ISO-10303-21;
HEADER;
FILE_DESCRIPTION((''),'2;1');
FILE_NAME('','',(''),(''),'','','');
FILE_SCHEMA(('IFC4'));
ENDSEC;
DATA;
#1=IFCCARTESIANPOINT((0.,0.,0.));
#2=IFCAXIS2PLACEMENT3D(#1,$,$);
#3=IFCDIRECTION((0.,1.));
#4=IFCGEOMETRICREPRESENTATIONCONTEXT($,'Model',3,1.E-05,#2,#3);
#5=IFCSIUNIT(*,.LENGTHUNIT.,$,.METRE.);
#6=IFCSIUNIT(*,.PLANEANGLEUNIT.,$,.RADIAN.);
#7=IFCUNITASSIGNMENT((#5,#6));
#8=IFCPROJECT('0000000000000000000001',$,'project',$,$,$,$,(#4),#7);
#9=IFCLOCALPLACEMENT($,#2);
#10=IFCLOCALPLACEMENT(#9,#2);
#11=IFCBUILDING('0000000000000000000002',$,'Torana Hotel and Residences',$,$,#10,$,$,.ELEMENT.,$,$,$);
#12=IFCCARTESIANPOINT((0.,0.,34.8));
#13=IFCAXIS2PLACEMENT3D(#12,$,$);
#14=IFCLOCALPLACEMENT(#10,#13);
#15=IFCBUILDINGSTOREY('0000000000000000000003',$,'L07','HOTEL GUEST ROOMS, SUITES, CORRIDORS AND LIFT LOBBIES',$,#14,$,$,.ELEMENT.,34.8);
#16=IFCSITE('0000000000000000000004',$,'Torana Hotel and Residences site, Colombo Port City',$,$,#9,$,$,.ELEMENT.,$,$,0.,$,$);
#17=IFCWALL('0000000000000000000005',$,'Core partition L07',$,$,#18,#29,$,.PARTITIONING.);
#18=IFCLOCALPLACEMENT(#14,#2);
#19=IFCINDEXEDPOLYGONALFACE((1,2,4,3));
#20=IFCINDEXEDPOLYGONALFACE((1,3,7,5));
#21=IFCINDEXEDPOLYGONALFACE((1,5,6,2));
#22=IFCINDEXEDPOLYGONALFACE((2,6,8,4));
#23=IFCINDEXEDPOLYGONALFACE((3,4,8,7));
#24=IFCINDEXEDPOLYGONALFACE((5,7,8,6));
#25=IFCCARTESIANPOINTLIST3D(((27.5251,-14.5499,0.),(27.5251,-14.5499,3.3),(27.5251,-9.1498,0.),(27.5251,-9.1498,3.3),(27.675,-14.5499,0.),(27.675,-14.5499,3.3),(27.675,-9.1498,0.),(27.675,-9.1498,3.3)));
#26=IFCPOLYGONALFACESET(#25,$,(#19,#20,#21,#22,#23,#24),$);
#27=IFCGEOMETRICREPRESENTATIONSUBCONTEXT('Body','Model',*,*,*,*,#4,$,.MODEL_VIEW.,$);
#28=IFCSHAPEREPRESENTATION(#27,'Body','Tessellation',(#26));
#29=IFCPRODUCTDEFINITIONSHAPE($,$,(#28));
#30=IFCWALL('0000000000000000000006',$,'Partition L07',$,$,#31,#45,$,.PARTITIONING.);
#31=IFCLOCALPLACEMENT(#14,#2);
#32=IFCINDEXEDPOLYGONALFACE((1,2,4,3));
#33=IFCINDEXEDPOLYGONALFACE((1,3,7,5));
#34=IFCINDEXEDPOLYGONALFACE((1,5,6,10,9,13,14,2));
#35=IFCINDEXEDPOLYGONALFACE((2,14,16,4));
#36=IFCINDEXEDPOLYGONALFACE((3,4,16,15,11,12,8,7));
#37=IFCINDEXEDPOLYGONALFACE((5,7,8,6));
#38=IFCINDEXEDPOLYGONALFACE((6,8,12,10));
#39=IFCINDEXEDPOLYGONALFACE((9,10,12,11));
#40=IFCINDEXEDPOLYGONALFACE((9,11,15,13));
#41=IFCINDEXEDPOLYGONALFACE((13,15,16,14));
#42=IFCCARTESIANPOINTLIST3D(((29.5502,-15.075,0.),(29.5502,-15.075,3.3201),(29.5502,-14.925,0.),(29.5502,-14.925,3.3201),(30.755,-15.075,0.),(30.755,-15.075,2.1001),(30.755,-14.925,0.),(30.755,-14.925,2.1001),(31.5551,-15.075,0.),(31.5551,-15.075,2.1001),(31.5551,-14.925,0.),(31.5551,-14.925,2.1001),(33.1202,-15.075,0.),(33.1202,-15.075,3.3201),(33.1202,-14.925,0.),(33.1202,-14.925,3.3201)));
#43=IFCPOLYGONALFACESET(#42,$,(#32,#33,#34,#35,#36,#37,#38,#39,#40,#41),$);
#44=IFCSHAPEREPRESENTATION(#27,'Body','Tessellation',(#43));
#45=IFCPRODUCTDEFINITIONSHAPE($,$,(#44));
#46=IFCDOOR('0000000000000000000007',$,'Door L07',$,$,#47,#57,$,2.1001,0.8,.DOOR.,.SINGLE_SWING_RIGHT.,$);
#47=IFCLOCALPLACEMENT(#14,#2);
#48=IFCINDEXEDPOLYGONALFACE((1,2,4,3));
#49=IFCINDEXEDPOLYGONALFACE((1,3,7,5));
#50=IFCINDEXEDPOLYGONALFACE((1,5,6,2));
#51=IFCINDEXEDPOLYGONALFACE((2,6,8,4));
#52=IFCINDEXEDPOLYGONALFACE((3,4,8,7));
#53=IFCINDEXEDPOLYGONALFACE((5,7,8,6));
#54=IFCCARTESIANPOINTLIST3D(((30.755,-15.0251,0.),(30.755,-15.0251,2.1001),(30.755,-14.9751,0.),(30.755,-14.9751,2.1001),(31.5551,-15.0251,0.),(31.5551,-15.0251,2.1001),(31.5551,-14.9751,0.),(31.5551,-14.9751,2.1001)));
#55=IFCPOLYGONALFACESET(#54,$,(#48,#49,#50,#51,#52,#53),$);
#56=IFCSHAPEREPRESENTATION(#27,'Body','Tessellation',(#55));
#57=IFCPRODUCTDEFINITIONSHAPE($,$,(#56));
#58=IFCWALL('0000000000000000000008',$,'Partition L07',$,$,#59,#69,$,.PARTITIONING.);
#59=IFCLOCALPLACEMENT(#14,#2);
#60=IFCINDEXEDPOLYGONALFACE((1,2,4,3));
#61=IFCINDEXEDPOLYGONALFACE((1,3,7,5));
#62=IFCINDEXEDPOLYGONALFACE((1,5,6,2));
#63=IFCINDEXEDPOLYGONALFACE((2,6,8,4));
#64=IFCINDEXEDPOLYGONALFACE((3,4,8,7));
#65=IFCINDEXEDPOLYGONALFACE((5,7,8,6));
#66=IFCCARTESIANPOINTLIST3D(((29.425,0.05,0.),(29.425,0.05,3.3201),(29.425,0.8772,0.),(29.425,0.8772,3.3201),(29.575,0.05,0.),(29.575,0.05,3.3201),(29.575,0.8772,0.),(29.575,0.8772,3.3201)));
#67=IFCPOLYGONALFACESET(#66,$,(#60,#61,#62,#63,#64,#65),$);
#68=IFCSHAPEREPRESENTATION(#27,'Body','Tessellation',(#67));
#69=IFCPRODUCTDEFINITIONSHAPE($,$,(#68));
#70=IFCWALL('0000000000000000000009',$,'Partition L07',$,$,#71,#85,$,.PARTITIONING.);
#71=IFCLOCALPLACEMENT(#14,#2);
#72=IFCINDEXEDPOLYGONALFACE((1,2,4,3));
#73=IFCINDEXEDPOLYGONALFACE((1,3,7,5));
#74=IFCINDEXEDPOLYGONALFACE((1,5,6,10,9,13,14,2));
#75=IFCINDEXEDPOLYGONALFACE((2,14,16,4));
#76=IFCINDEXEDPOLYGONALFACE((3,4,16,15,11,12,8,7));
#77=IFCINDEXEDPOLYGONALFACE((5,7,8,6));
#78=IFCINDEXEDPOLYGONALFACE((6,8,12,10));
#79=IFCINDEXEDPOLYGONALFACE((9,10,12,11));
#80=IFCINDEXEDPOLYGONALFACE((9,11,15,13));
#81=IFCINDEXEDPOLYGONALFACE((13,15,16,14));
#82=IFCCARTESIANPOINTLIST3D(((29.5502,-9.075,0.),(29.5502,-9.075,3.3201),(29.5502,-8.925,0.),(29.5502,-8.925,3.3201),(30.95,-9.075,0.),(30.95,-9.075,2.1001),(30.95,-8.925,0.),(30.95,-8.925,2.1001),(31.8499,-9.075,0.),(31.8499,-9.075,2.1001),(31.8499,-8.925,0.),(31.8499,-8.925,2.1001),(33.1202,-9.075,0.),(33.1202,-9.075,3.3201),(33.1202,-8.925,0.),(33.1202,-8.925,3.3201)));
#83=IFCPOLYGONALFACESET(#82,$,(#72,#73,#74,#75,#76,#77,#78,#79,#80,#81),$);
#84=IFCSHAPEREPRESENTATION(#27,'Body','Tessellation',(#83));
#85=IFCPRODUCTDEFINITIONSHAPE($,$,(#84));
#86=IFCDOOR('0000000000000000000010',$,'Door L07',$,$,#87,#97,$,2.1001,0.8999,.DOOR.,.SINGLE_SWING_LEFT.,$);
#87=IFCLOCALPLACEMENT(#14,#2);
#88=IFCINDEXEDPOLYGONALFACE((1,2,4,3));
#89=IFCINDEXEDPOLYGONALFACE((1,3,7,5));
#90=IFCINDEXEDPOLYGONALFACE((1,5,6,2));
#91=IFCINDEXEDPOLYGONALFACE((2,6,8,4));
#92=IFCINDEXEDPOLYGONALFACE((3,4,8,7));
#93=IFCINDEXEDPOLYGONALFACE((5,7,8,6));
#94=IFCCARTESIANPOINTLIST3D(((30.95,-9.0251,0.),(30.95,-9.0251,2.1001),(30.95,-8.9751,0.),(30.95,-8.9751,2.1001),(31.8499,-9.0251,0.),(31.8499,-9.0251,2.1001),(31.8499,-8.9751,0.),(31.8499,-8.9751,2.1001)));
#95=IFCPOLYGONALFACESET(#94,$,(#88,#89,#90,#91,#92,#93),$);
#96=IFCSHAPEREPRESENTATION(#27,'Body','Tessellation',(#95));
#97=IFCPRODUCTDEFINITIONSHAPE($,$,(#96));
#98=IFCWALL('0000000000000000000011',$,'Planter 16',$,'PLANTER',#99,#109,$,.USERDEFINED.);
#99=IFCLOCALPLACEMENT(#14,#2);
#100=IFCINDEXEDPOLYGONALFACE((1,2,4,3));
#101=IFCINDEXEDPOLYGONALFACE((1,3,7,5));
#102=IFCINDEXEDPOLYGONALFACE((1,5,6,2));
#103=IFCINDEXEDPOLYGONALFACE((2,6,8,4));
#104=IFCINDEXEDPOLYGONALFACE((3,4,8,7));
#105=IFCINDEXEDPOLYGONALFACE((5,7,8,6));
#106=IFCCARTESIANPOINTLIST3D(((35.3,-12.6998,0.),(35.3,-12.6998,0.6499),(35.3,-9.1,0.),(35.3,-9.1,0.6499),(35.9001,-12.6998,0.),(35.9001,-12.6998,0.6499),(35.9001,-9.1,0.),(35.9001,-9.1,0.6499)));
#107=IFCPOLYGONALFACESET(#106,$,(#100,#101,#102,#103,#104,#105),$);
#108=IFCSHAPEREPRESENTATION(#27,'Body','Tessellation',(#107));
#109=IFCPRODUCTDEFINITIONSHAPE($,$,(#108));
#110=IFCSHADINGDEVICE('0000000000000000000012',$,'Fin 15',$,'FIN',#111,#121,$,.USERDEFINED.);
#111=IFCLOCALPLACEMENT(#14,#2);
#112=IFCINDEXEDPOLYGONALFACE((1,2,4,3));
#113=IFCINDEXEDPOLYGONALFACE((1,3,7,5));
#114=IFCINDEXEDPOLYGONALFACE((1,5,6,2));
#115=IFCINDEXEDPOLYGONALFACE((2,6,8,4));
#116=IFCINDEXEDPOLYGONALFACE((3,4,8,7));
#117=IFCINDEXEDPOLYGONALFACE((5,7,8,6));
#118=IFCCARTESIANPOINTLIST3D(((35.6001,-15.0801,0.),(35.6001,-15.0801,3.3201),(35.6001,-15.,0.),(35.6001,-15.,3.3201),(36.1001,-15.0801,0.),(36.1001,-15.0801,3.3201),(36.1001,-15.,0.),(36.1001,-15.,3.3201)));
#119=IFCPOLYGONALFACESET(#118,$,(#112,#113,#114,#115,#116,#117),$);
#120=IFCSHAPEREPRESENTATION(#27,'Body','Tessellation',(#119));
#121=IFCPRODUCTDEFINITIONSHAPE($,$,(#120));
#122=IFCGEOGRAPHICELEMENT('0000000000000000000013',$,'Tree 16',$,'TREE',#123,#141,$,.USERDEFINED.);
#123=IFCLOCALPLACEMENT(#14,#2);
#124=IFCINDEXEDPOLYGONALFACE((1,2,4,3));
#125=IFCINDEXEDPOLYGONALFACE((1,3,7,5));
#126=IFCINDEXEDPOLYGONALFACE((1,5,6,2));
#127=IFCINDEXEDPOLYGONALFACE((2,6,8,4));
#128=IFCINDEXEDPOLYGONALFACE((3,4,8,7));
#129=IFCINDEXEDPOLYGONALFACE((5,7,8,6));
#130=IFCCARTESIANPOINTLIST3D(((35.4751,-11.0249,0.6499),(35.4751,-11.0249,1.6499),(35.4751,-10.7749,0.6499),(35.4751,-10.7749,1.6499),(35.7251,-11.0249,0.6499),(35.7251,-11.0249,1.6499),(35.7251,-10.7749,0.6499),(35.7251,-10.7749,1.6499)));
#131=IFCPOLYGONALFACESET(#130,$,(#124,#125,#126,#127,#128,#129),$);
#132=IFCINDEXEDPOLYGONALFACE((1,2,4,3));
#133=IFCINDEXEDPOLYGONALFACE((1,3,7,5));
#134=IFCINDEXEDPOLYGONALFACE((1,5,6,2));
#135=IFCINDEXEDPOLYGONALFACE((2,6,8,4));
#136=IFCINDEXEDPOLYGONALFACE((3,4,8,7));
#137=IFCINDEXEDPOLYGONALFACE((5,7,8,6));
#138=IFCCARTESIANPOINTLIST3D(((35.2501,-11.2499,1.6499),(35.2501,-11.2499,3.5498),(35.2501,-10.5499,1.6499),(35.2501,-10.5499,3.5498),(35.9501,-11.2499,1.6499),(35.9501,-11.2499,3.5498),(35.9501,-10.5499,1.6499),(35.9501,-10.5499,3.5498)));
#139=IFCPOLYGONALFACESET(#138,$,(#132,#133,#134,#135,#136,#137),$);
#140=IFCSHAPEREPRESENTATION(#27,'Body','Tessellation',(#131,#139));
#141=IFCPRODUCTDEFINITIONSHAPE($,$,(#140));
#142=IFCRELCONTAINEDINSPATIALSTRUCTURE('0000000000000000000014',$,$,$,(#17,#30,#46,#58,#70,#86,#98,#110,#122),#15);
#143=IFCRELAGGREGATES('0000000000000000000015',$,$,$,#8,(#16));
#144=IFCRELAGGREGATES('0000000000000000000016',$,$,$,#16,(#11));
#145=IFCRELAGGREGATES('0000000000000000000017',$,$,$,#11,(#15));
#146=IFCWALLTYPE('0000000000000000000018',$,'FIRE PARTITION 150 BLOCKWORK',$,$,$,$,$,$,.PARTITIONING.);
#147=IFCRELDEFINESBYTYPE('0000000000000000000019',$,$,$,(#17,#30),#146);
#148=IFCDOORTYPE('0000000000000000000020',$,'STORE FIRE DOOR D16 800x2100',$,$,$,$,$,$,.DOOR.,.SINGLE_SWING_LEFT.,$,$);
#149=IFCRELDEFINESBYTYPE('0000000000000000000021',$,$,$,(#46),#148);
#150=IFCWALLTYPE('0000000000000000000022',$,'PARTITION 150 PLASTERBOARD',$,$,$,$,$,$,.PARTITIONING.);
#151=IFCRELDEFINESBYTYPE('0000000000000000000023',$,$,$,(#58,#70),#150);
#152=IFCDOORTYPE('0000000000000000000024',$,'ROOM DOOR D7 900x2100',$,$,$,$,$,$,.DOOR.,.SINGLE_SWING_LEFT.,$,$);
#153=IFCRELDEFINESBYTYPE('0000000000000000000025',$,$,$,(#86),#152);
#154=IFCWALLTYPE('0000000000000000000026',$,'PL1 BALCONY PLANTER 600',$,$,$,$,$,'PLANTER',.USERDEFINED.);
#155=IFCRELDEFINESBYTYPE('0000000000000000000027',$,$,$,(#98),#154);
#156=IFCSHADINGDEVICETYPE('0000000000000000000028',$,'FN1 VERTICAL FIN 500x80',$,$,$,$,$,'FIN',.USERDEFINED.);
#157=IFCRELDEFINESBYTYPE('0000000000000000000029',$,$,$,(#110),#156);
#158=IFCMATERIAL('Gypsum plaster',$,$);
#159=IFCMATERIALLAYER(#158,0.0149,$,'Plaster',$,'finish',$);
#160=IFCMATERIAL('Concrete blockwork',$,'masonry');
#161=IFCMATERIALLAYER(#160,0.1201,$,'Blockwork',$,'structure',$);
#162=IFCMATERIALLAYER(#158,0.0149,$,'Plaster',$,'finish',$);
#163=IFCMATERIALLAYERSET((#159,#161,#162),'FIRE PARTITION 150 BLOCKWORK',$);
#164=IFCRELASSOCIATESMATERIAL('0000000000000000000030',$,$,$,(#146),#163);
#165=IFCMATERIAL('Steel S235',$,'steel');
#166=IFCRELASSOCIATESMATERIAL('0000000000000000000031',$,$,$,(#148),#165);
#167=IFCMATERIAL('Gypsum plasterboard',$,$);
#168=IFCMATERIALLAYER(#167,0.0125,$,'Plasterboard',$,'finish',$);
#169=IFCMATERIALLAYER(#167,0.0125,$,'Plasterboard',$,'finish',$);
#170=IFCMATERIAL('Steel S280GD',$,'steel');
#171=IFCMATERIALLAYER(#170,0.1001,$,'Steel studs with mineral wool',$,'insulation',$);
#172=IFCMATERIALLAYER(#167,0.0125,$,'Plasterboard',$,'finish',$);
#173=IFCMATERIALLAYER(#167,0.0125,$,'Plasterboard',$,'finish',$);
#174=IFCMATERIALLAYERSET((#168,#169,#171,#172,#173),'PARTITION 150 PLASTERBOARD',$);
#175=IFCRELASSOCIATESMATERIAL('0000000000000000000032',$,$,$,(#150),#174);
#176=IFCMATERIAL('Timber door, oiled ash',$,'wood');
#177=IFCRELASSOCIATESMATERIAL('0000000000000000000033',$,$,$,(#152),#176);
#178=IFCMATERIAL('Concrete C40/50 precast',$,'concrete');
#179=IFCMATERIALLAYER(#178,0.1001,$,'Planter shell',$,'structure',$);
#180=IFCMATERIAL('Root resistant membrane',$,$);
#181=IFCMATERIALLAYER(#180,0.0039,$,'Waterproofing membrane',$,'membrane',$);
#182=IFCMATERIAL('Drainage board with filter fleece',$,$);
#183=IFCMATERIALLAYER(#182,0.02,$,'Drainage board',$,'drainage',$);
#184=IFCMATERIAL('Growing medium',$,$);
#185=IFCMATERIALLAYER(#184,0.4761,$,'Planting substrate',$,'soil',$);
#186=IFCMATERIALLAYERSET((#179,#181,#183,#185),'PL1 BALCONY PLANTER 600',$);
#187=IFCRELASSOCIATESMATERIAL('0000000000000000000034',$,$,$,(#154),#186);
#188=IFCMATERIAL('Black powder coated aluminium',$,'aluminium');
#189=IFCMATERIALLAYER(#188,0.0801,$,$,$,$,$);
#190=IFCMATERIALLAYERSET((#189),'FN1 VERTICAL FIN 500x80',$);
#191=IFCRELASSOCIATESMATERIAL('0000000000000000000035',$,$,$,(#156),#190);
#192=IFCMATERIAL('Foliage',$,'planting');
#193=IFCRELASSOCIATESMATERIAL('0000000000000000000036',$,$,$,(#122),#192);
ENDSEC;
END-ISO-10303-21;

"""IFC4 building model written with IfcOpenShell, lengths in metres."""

from ifc_helpers import new_model, si_unit, direction, frame, frame_2d, origin, origin_2d, place, context, subcontext, project, spatial, rectangle, extrude, material, layer, layer_set, type_object, element, fill, save


model = new_model("IFC4")

# Units and contexts
model_context = context("Model", 3, precision=1e-05, world=origin(), true_north=direction((0.0, 1.0)))
body_context = subcontext(model_context, "Body", "Model", "MODEL_VIEW")
ifc_project = project(units=[si_unit("LENGTHUNIT", "METRE"), si_unit("PLANEANGLEUNIT", "RADIAN")], contexts=[model_context])

# Site, building, storey
site_placement = place(None, origin())
site = spatial("IfcSite", under=ifc_project, at=site_placement, Name="Torana Hotel and Residences site, Colombo Port City", CompositionType="ELEMENT", RefElevation=0.0)
building_placement = place(site_placement, origin())
building = spatial("IfcBuilding", under=site, at=building_placement, Name="Torana Hotel and Residences", CompositionType="ELEMENT")
storey_placement = place(building_placement, frame((0.0, 0.0, 34.8)))
storey = spatial("IfcBuildingStorey", under=building, at=storey_placement, Name="L07", Description="HOTEL GUEST ROOMS, SUITES, CORRIDORS AND LIFT LOBBIES", CompositionType="ELEMENT", Elevation=34.8)

# Shared definitions
ifc_material_1 = material(Name="Steel S280GD", Category="steel")

# Shared definitions
ifc_material_2 = material(Name="Concrete C40/50 precast", Category="concrete")

# Wall
ifc_material_3 = material(Name="Gypsum plaster")
ifc_layer_1 = layer(ifc_material_3, 0.0149, Name="Plaster", Category="finish")
ifc_material_4 = material(Name="Concrete blockwork", Category="masonry")
ifc_layer_2 = layer(ifc_material_4, 0.1201, Name="Blockwork", Category="structure")
ifc_layer_3 = layer(ifc_material_3, 0.0149, Name="Plaster", Category="finish")
ifc_layer_set_1 = layer_set([ifc_layer_1, ifc_layer_2, ifc_layer_3], Name="FIRE PARTITION 150 BLOCKWORK")
wall_type_1 = type_object("IfcWallType", Name="FIRE PARTITION 150 BLOCKWORK", PredefinedType="PARTITIONING", material=ifc_layer_set_1)
wall_1_placement = place(storey_placement, frame((27.6001, -14.55, 0.0), z_axis=(0.0, 0.0, 1.0), x_axis=(0.0, 1.0, 0.0)))
element("IfcWall", 1, at=wall_1_placement, inside=storey, type_object=wall_type_1, Name="Core partition L07", PredefinedType="PARTITIONING", context=body_context, shape_type="SweptSolid", body=[
    extrude(rectangle(XDim=5.4001, YDim=0.1499, at=frame_2d((2.7002, 0.0))), origin(), (0.0, 0.0, 1.0), 3.3),
])

# Wall, opening, door
wall_2_placement = place(storey_placement, frame((29.55, -15.0, 0.0), z_axis=(0.0, 0.0, 1.0), x_axis=(1.0, 0.0, 0.0)))
wall_2 = element("IfcWall", 2, at=wall_2_placement, inside=storey, type_object=wall_type_1, Name="Partition L07", PredefinedType="PARTITIONING", context=body_context, shape_type="SweptSolid", body=[
    extrude(rectangle(XDim=3.5701, YDim=0.1499, at=frame_2d((1.7852, 0.0))), origin(), (0.0, 0.0, 1.0), 3.3201),
])
opening_1_placement = place(wall_2_placement, frame((1.2051, 0.0, 0.0)))
opening_1 = element("IfcOpeningElement", 3, at=opening_1_placement, cuts=wall_2, PredefinedType="OPENING", context=body_context, shape_type="SweptSolid", body=[
    extrude(rectangle(XDim=0.8, YDim=2.1001, at=frame_2d((0.3999, 1.05))), frame((0.0, 0.085, 0.0), z_axis=(0.0, -1.0, 0.0), x_axis=(1.0, 0.0, 0.0)), (0.0, 0.0, 1.0), 0.1699),
])
ifc_material_5 = material(Name="Steel S235", Category="steel")
door_type_1 = type_object("IfcDoorType", Name="STORE FIRE DOOR D16 800x2100", OperationType="SINGLE_SWING_LEFT", PredefinedType="DOOR", material=ifc_material_5)
door_1_placement = place(opening_1_placement, origin())
door_1 = element("IfcDoor", 4, at=door_1_placement, inside=storey, type_object=door_type_1, Name="Door L07", OperationType="SINGLE_SWING_RIGHT", OverallHeight=2.1001, OverallWidth=0.8, PredefinedType="DOOR", context=body_context, shape_type="SweptSolid", body=[
    extrude(rectangle(XDim=0.8, YDim=2.1001, at=frame_2d((0.3999, 1.05))), frame((0.0, 0.0249, 0.0), z_axis=(0.0, -1.0, 0.0), x_axis=(1.0, 0.0, 0.0)), (0.0, 0.0, 1.0), 0.05),
])
fill(opening_1, door_1)

# Wall
ifc_material_6 = material(Name="Gypsum plasterboard")
ifc_layer_4 = layer(ifc_material_6, 0.0125, Name="Plasterboard", Category="finish")
ifc_layer_5 = layer(ifc_material_6, 0.0125, Name="Plasterboard", Category="finish")
ifc_layer_6 = layer(ifc_material_1, 0.1001, Name="Steel studs with mineral wool", Category="insulation")
ifc_layer_7 = layer(ifc_material_6, 0.0125, Name="Plasterboard", Category="finish")
ifc_layer_8 = layer(ifc_material_6, 0.0125, Name="Plasterboard", Category="finish")
ifc_layer_set_2 = layer_set([ifc_layer_4, ifc_layer_5, ifc_layer_6, ifc_layer_7, ifc_layer_8], Name="PARTITION 150 PLASTERBOARD")
wall_type_2 = type_object("IfcWallType", Name="PARTITION 150 PLASTERBOARD", PredefinedType="PARTITIONING", material=ifc_layer_set_2)
wall_3_placement = place(storey_placement, frame((29.5, 0.05, 0.0), z_axis=(0.0, 0.0, 1.0), x_axis=(0.0, 1.0, 0.0)))
element("IfcWall", 5, at=wall_3_placement, inside=storey, type_object=wall_type_2, Name="Partition L07", PredefinedType="PARTITIONING", context=body_context, shape_type="SweptSolid", body=[
    extrude(rectangle(XDim=0.8271, YDim=0.1499, at=frame_2d((0.4136, 0.0))), origin(), (0.0, 0.0, 1.0), 3.3201),
])

# Wall, opening, door
wall_4_placement = place(storey_placement, frame((29.55, -9.0, 0.0), z_axis=(0.0, 0.0, 1.0), x_axis=(1.0, 0.0, 0.0)))
wall_4 = element("IfcWall", 6, at=wall_4_placement, inside=storey, type_object=wall_type_2, Name="Partition L07", PredefinedType="PARTITIONING", context=body_context, shape_type="SweptSolid", body=[
    extrude(rectangle(XDim=3.5701, YDim=0.1499, at=frame_2d((1.7852, 0.0))), origin(), (0.0, 0.0, 1.0), 3.3201),
])
opening_2_placement = place(wall_4_placement, frame((1.3999, 0.0, 0.0)))
opening_2 = element("IfcOpeningElement", 7, at=opening_2_placement, cuts=wall_4, PredefinedType="OPENING", context=body_context, shape_type="SweptSolid", body=[
    extrude(rectangle(XDim=0.8999, YDim=2.1001, at=frame_2d((0.45, 1.05))), frame((0.0, 0.085, 0.0), z_axis=(0.0, -1.0, 0.0), x_axis=(1.0, 0.0, 0.0)), (0.0, 0.0, 1.0), 0.1699),
])
ifc_material_7 = material(Name="Timber door, oiled ash", Category="wood")
door_type_2 = type_object("IfcDoorType", Name="ROOM DOOR D7 900x2100", OperationType="SINGLE_SWING_LEFT", PredefinedType="DOOR", material=ifc_material_7)
door_2_placement = place(opening_2_placement, origin())
door_2 = element("IfcDoor", 8, at=door_2_placement, inside=storey, type_object=door_type_2, Name="Door L07", OperationType="SINGLE_SWING_LEFT", OverallHeight=2.1001, OverallWidth=0.8999, PredefinedType="DOOR", context=body_context, shape_type="SweptSolid", body=[
    extrude(rectangle(XDim=0.8999, YDim=2.1001, at=frame_2d((0.45, 1.05))), frame((0.0, 0.0249, 0.0), z_axis=(0.0, -1.0, 0.0), x_axis=(1.0, 0.0, 0.0)), (0.0, 0.0, 1.0), 0.05),
])
fill(opening_2, door_2)

# Wall
ifc_layer_9 = layer(ifc_material_2, 0.1001, Name="Planter shell", Category="structure")
ifc_material_8 = material(Name="Root resistant membrane")
ifc_layer_10 = layer(ifc_material_8, 0.0039, Name="Waterproofing membrane", Category="membrane")
ifc_material_9 = material(Name="Drainage board with filter fleece")
ifc_layer_11 = layer(ifc_material_9, 0.02, Name="Drainage board", Category="drainage")
ifc_material_10 = material(Name="Growing medium")
ifc_layer_12 = layer(ifc_material_10, 0.4761, Name="Planting substrate", Category="soil")
ifc_layer_set_3 = layer_set([ifc_layer_9, ifc_layer_10, ifc_layer_11, ifc_layer_12], Name="PL1 BALCONY PLANTER 600")
wall_type_3 = type_object("IfcWallType", Name="PL1 BALCONY PLANTER 600", ElementType="PLANTER", PredefinedType="USERDEFINED", material=ifc_layer_set_3)
wall_5_placement = place(storey_placement, frame((35.6001, -9.1001, 0.0), z_axis=(0.0, 0.0, 1.0), x_axis=(0.0, -1.0, 0.0)))
element("IfcWall", 9, at=wall_5_placement, inside=storey, type_object=wall_type_3, Name="Planter 16", ObjectType="PLANTER", PredefinedType="USERDEFINED", context=body_context, shape_type="SweptSolid", body=[
    extrude(rectangle(XDim=3.5999, YDim=0.6001, at=frame_2d((1.7998, 0.0))), origin(), (0.0, 0.0, 1.0), 0.6499),
])

# Shading device
ifc_material_11 = material(Name="Black powder coated aluminium", Category="aluminium")
ifc_layer_13 = layer(ifc_material_11, 0.0801)
ifc_layer_set_4 = layer_set([ifc_layer_13], Name="FN1 VERTICAL FIN 500x80")
shading_device_type = type_object("IfcShadingDeviceType", Name="FN1 VERTICAL FIN 500x80", ElementType="FIN", PredefinedType="USERDEFINED", material=ifc_layer_set_4)
shading_device_placement = place(storey_placement, frame((35.8501, -15.04, 0.0), z_axis=(0.0, 0.0, 1.0), x_axis=(0.0, -1.0, 0.0)))
element("IfcShadingDevice", 10, at=shading_device_placement, inside=storey, type_object=shading_device_type, Name="Fin 15", ObjectType="FIN", PredefinedType="USERDEFINED", context=body_context, shape_type="SweptSolid", body=[
    extrude(rectangle(XDim=0.0801, YDim=0.5, at=origin_2d()), origin(), (0.0, 0.0, 1.0), 3.3201),
])

# Geographic element
ifc_material_12 = material(Name="Foliage", Category="planting")
geographic_element_placement = place(storey_placement, frame((35.6001, -10.8999, 0.6499), z_axis=(0.0, 0.0, 1.0), x_axis=(1.0, 0.0, 0.0)))
element("IfcGeographicElement", 11, at=geographic_element_placement, inside=storey, material=ifc_material_12, Name="Tree 16", ObjectType="TREE", PredefinedType="USERDEFINED", context=body_context, shape_type="SweptSolid", body=[
    extrude(rectangle(XDim=0.25, YDim=0.25, at=origin_2d()), origin(), (0.0, 0.0, 1.0), 1.0),
    extrude(rectangle(XDim=0.7, YDim=0.7, at=origin_2d()), frame((0.0, 0.0, 1.0)), (0.0, 0.0, 1.0), 1.8999),
])

save(model, "model.ifc")
